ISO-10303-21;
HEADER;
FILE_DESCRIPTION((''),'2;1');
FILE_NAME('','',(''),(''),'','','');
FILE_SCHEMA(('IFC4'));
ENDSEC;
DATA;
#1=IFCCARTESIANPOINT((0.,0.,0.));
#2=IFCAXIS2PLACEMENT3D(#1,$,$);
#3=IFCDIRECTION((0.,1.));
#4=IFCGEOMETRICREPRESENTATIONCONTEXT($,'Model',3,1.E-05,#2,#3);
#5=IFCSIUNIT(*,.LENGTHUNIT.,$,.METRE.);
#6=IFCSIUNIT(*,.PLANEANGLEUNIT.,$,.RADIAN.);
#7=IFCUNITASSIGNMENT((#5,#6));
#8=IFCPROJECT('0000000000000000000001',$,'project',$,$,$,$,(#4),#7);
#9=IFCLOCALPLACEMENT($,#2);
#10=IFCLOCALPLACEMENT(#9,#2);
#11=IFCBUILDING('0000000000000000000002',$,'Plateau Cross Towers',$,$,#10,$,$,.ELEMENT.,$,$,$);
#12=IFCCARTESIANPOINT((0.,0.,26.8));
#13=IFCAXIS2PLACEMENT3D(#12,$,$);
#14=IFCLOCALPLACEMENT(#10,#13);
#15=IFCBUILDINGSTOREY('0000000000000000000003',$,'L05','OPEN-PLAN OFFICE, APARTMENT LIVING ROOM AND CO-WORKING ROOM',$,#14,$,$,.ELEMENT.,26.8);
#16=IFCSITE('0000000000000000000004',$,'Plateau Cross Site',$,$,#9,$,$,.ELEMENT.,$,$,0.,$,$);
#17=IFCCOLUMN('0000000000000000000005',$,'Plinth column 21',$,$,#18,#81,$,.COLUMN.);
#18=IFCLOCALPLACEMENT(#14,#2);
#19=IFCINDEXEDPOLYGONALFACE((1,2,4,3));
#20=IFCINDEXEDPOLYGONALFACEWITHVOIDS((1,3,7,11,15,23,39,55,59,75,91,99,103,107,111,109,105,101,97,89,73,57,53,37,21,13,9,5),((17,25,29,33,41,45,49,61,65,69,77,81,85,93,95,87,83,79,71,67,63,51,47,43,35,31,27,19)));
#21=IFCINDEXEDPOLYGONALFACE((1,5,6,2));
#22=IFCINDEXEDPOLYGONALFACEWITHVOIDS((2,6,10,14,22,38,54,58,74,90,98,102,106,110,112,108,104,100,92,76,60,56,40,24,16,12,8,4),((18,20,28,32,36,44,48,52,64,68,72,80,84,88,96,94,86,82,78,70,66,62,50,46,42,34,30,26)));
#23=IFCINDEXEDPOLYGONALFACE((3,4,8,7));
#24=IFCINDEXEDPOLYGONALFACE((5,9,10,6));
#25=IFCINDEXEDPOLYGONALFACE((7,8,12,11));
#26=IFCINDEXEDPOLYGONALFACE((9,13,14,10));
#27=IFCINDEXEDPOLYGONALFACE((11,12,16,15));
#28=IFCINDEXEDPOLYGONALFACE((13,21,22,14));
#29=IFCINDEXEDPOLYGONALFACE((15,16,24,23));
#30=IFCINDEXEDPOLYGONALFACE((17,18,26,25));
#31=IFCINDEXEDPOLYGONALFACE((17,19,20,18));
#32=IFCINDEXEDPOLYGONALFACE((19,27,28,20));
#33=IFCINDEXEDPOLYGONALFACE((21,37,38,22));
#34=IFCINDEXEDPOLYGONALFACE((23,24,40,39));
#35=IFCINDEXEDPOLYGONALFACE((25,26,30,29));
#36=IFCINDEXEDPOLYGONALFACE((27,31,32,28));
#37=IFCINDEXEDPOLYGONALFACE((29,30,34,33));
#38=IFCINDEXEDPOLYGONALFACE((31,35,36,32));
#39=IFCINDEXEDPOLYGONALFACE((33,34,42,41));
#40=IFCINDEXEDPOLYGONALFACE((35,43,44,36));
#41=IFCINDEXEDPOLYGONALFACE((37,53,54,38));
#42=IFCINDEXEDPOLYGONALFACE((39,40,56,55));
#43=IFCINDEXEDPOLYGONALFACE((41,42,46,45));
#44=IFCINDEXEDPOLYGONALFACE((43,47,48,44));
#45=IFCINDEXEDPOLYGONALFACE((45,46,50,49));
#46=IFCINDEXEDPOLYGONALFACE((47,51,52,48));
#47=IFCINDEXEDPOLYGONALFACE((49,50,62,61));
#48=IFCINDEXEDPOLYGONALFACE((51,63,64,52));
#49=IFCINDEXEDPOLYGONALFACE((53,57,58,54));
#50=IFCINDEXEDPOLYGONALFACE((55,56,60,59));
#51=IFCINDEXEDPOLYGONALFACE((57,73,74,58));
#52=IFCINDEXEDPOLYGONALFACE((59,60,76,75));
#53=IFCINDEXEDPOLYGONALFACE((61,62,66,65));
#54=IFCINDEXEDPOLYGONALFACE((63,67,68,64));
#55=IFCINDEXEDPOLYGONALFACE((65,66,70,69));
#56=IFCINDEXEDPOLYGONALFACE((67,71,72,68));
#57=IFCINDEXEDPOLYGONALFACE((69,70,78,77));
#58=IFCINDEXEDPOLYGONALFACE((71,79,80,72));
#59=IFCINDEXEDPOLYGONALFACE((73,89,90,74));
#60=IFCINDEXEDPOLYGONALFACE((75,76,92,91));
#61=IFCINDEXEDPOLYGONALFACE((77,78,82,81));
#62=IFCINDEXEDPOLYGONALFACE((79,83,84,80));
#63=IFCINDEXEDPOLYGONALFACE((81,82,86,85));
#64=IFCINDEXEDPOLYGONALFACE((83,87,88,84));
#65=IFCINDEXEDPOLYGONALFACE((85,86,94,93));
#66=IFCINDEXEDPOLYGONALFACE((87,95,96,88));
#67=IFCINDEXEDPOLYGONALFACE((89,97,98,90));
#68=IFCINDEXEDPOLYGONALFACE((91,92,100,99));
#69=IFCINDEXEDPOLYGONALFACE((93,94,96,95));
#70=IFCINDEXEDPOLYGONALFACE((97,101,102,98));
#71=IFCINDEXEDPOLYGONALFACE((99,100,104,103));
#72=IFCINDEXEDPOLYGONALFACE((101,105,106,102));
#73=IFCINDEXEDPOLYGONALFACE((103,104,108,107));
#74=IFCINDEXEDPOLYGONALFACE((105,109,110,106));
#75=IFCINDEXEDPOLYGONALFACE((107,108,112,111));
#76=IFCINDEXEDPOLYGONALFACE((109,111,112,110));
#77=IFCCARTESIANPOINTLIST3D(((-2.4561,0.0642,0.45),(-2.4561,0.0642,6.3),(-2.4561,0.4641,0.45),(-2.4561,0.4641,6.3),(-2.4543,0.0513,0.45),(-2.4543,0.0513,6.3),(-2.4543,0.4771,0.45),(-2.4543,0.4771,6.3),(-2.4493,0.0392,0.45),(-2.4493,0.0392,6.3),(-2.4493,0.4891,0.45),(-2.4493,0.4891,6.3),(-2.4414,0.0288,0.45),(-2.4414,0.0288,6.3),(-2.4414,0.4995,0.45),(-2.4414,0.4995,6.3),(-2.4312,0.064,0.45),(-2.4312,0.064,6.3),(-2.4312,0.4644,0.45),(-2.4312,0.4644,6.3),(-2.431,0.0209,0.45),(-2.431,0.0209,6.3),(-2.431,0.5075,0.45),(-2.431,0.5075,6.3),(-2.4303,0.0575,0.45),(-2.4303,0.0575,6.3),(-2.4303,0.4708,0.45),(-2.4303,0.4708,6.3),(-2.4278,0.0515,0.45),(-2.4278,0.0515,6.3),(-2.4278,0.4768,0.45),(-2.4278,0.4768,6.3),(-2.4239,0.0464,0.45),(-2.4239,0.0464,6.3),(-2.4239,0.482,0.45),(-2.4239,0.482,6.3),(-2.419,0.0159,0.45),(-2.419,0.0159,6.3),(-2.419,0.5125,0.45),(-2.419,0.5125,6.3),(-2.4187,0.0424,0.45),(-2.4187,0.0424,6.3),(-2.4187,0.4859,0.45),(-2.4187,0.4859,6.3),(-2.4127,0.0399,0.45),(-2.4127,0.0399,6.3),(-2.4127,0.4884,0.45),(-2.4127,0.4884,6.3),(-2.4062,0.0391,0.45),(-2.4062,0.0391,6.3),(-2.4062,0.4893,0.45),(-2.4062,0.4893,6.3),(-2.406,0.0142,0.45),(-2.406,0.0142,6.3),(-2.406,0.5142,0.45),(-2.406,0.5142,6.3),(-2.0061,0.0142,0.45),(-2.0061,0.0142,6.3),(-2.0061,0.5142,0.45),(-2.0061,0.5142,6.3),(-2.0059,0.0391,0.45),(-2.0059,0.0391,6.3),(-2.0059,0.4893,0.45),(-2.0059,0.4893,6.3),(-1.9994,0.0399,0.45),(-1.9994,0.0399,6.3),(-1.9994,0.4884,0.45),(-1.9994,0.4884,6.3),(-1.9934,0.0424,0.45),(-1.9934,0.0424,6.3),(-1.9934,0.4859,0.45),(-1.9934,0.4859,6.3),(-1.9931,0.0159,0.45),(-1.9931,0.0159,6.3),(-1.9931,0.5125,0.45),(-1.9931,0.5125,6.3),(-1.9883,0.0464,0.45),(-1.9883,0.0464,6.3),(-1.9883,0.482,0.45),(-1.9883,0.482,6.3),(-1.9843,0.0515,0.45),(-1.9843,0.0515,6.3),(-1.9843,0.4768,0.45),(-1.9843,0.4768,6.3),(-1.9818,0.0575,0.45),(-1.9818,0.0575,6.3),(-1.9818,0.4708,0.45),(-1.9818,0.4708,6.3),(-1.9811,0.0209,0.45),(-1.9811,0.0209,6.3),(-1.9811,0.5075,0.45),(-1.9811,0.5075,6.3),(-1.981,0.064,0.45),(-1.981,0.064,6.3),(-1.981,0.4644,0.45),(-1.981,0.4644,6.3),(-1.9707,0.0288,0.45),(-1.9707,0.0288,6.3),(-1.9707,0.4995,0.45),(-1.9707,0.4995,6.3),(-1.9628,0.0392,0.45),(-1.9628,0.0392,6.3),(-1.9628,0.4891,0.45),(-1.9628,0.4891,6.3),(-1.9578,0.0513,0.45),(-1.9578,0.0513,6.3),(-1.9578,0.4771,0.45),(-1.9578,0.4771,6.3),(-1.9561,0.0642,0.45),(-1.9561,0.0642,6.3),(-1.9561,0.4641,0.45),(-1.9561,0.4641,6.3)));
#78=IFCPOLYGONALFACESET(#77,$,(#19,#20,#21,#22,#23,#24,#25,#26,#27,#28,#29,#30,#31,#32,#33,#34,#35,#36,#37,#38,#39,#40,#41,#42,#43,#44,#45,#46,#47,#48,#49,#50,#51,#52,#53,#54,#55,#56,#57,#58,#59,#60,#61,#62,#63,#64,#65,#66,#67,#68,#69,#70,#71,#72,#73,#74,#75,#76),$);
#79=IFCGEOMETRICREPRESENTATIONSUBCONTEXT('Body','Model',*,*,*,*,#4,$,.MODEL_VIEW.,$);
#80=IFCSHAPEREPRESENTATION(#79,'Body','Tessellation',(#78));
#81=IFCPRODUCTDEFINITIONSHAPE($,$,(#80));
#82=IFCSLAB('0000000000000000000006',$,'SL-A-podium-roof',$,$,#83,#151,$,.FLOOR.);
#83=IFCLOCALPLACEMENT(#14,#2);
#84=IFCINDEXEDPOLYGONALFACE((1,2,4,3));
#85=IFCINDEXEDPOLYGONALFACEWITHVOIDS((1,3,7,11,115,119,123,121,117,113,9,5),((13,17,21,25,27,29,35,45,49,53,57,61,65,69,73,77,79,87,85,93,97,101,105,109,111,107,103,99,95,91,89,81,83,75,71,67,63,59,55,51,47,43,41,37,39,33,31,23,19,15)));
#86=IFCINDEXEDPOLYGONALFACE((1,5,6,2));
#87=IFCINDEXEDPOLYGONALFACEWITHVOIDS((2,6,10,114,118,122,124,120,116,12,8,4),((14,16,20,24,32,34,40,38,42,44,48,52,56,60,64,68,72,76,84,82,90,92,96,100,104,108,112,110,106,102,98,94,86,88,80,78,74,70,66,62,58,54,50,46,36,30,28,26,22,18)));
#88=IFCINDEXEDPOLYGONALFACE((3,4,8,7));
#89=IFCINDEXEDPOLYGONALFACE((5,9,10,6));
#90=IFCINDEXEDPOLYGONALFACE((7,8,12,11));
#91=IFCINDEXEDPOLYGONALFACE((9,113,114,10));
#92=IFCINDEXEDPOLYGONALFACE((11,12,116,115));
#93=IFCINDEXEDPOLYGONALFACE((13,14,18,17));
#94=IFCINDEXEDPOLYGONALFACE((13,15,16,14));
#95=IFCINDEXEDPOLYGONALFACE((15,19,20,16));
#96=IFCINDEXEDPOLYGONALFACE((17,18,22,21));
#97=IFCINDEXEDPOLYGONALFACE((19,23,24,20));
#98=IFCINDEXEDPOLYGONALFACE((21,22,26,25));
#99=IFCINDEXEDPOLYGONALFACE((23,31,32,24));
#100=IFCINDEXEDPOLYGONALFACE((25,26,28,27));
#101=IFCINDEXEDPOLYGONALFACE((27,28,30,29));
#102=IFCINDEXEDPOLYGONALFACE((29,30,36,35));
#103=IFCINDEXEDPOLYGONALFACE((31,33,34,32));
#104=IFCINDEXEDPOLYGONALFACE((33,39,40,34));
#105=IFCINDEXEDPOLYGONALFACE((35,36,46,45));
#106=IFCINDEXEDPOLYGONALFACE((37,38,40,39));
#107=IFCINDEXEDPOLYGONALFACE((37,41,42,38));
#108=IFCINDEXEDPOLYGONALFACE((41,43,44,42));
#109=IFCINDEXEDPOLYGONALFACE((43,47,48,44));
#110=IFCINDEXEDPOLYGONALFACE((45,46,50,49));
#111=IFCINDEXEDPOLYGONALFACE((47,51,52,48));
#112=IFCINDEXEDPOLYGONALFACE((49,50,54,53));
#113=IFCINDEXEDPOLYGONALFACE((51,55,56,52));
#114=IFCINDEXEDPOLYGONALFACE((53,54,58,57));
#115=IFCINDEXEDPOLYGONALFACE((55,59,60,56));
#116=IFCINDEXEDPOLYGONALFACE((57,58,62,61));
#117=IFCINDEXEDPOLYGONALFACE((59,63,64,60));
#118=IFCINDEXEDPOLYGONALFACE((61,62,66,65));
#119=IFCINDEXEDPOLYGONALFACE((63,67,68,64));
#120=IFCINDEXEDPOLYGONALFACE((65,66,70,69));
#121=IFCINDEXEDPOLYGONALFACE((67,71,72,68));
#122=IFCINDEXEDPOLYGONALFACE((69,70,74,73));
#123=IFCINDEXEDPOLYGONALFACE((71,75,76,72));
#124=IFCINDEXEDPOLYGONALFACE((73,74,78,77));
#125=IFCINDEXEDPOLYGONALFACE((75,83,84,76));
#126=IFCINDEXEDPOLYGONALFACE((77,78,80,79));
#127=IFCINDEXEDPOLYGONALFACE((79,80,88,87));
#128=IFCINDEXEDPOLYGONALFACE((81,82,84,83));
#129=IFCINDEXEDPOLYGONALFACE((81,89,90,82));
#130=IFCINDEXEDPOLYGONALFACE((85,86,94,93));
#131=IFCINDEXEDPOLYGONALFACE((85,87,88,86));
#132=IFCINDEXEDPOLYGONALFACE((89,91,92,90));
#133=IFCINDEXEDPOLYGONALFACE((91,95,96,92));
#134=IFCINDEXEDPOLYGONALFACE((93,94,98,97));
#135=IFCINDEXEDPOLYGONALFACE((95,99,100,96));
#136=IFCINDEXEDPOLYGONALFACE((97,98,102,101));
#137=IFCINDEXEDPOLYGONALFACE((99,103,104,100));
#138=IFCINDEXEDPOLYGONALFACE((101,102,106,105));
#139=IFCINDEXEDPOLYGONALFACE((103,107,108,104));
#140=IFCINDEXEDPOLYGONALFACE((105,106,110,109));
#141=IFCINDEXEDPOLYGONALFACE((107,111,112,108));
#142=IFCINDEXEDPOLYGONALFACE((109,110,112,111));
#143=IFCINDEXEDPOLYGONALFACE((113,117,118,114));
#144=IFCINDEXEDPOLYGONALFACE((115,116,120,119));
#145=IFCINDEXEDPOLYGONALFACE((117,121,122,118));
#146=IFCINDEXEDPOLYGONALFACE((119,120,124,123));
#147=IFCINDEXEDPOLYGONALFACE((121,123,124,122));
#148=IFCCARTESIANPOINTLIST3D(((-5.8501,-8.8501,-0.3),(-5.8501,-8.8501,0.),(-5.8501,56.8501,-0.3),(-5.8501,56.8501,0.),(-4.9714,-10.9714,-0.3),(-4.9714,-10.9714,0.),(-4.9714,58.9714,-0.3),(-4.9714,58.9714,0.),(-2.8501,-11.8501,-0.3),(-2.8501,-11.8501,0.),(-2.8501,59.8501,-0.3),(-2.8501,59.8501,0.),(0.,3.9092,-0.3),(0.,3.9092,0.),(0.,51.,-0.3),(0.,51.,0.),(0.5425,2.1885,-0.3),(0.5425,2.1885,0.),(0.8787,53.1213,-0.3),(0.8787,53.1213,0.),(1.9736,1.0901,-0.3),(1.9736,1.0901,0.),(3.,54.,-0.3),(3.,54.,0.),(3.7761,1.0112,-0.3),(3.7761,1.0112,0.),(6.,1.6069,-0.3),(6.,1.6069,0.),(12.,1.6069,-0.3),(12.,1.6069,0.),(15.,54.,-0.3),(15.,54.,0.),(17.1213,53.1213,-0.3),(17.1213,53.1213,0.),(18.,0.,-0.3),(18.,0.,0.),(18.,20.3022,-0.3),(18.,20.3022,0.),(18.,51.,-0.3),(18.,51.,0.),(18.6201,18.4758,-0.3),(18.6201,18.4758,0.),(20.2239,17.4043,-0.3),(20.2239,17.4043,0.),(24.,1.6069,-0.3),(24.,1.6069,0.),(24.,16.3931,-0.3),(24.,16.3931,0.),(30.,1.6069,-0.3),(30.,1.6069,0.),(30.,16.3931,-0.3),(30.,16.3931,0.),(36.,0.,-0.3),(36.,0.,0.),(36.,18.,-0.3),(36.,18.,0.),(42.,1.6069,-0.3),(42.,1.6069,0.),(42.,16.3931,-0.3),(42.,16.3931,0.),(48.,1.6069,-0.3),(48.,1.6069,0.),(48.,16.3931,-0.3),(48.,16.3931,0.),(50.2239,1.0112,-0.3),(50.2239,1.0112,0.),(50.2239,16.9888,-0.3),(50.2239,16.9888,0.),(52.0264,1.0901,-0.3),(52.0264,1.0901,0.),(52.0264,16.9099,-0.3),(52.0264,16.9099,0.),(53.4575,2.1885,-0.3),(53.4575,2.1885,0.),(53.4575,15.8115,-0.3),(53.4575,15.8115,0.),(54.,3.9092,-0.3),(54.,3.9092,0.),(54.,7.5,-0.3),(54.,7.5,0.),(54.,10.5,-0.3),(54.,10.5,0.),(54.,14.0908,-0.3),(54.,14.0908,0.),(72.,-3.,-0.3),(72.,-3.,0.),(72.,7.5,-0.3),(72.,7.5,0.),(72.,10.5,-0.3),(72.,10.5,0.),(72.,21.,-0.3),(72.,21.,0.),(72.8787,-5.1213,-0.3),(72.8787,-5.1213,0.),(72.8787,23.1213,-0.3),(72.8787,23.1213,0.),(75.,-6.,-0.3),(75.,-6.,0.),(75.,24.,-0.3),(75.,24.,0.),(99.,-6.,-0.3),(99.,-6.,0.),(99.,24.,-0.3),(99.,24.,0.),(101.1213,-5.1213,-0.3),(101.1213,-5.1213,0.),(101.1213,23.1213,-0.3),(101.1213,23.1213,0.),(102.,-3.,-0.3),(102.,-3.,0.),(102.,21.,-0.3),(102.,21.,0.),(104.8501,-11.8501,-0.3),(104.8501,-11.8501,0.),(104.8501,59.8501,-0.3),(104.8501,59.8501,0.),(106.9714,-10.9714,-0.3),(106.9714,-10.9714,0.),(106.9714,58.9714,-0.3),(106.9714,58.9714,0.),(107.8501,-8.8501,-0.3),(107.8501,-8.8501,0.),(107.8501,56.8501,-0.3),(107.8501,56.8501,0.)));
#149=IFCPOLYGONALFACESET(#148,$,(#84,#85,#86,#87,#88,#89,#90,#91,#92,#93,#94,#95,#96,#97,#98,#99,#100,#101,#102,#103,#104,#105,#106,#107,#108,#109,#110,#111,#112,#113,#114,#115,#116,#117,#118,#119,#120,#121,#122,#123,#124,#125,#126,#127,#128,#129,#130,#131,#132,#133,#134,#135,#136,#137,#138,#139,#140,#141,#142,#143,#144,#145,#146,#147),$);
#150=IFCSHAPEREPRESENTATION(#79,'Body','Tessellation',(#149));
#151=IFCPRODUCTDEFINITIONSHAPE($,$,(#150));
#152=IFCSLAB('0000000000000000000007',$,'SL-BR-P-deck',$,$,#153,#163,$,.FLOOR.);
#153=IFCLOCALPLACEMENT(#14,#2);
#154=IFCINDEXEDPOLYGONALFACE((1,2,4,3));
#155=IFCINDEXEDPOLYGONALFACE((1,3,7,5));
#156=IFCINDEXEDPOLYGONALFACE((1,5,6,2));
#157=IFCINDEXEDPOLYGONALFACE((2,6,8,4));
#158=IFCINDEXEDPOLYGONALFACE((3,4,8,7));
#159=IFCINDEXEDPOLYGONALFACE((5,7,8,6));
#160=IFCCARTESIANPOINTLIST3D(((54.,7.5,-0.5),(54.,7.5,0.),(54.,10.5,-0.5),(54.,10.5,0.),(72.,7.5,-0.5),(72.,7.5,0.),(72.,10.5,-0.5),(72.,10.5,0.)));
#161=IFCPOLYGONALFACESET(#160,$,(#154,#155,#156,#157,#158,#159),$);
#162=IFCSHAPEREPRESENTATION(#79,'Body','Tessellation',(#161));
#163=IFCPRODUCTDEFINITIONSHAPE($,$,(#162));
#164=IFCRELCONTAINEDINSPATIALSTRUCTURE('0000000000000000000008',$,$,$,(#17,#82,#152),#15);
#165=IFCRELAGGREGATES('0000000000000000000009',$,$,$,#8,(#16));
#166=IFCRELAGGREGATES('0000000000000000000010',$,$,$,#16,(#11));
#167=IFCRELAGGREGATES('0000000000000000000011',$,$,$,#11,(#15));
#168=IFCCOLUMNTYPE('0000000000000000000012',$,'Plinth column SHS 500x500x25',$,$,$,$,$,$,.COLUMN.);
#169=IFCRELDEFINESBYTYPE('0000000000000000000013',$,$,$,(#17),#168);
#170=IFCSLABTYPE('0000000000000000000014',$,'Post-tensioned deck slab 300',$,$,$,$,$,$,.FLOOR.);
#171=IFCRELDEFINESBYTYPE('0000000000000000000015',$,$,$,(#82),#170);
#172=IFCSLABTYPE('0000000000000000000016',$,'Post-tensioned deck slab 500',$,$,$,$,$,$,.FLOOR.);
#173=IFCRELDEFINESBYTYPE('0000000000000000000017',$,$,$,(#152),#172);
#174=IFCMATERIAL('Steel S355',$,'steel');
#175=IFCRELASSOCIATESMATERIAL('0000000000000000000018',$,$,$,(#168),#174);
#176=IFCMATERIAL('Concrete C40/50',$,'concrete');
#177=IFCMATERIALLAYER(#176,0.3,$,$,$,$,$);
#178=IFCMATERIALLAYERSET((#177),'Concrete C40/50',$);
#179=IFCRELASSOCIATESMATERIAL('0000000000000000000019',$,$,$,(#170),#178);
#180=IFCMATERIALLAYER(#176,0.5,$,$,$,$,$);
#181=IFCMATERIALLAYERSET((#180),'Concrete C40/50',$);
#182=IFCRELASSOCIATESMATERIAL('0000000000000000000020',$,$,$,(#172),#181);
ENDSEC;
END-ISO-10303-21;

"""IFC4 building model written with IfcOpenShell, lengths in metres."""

from ifc_helpers import new_model, si_unit, direction, frame, origin, origin_2d, place, context, subcontext, project, spatial, polyline, hollow_rectangle, outline, extrude, material, layer, layer_set, material_profile, profile_set, type_object, element, save


model = new_model("IFC4")

# Units and contexts
model_context = context("Model", 3, precision=1e-05, world=origin(), true_north=direction((0.0, 1.0)))
body_context = subcontext(model_context, "Body", "Model", "MODEL_VIEW")
ifc_project = project(units=[si_unit("LENGTHUNIT", "METRE"), si_unit("PLANEANGLEUNIT", "RADIAN")], contexts=[model_context])

# Site, building, storey
site_placement = place(None, origin())
site = spatial("IfcSite", under=ifc_project, at=site_placement, Name="Plateau Cross Site", CompositionType="ELEMENT", RefElevation=0.0)
building_placement = place(site_placement, origin())
building = spatial("IfcBuilding", under=site, at=building_placement, Name="Plateau Cross Towers", CompositionType="ELEMENT")
storey_placement = place(building_placement, frame((0.0, 0.0, 26.8)))
storey = spatial("IfcBuildingStorey", under=building, at=storey_placement, Name="L05", Description="OPEN-PLAN OFFICE, APARTMENT LIVING ROOM AND CO-WORKING ROOM", CompositionType="ELEMENT", Elevation=26.8)

# Column
ifc_material_1 = material(Name="Steel S355", Category="steel")
ifc_material_profile = material_profile(ifc_material_1, hollow_rectangle(XDim=0.5, YDim=0.5, WallThickness=0.0249, InnerFilletRadius=0.0249, OuterFilletRadius=0.05, at=origin_2d()), Name="SHS 500x500x25")
ifc_profile_set = profile_set([ifc_material_profile], Name="Steel S355")
column_type = type_object("IfcColumnType", Name="Plinth column SHS 500x500x25", PredefinedType="COLUMN", material=ifc_profile_set)
column_placement = place(storey_placement, frame((-2.2061, 0.2642, 0.45), z_axis=(0.0, 0.0, 1.0), x_axis=(1.0, 0.0, 0.0)))
element("IfcColumn", 1, at=column_placement, inside=storey, type_object=column_type, Name="Plinth column 21", PredefinedType="COLUMN", context=body_context, shape_type="SweptSolid", body=[
    extrude(hollow_rectangle(XDim=0.5, YDim=0.5, WallThickness=0.0249, InnerFilletRadius=0.0249, OuterFilletRadius=0.05, at=origin_2d()), origin(), (0.0, 0.0, 1.0), 5.8501),
])

# Slabs
ifc_material_2 = material(Name="Concrete C40/50", Category="concrete")
ifc_layer_1 = layer(ifc_material_2, 0.3)
ifc_layer_set_1 = layer_set([ifc_layer_1], Name="Concrete C40/50")
slab_type_1 = type_object("IfcSlabType", Name="Post-tensioned deck slab 300", PredefinedType="FLOOR", material=ifc_layer_set_1)
slab_1_placement = place(storey_placement, frame((0.0, 0.0, -0.3)))
element("IfcSlab", 2, at=slab_1_placement, inside=storey, type_object=slab_type_1, Name="SL-A-podium-roof", PredefinedType="FLOOR", context=body_context, shape_type="SweptSolid", body=[
    extrude(outline(polyline([(-2.8501, 59.8501), (104.8501, 59.8501), (106.9714, 58.9714), (107.8501, 56.8501), (107.8501, -8.8501), (106.9714, -10.9714), (104.8501, -11.8501), (-2.8501, -11.8501), (-4.9714, -10.9714), (-5.8501, -8.8501), (-5.8501, 56.8501), (-4.9714, 58.9714), (-2.8501, 59.8501)]), holes=[polyline([(30.0, 1.6069), (36.0, 0.0), (42.0, 1.6069), (48.0, 1.6069), (50.2239, 1.0112), (52.0264, 1.0901), (53.4575, 2.1885), (54.0, 3.9092), (54.0, 7.5), (72.0, 7.5), (72.0, -3.0), (72.8787, -5.1213), (75.0, -6.0), (99.0, -6.0), (101.1213, -5.1213), (102.0, -3.0), (102.0, 21.0), (101.1213, 23.1213), (99.0, 24.0), (75.0, 24.0), (72.8787, 23.1213), (72.0, 21.0), (72.0, 10.5), (54.0, 10.5), (54.0, 14.0908), (53.4575, 15.8115), (52.0264, 16.9099), (50.2239, 16.9888), (48.0, 16.3931), (42.0, 16.3931), (36.0, 18.0), (30.0, 16.3931), (24.0, 16.3931), (20.2239, 17.4043), (18.6201, 18.4758), (18.0, 20.3022), (18.0, 51.0), (17.1213, 53.1213), (15.0, 54.0), (3.0, 54.0), (0.8787, 53.1213), (0.0, 51.0), (0.0, 3.9092), (0.5425, 2.1885), (1.9736, 1.0901), (3.7761, 1.0112), (6.0, 1.6069), (12.0, 1.6069), (18.0, 0.0), (24.0, 1.6069), (30.0, 1.6069)])]), origin(), (0.0, 0.0, 1.0), 0.3),
])
ifc_layer_2 = layer(ifc_material_2, 0.5)
ifc_layer_set_2 = layer_set([ifc_layer_2], Name="Concrete C40/50")
slab_type_2 = type_object("IfcSlabType", Name="Post-tensioned deck slab 500", PredefinedType="FLOOR", material=ifc_layer_set_2)
slab_2_placement = place(storey_placement, frame((0.0, 0.0, -0.5)))
element("IfcSlab", 3, at=slab_2_placement, inside=storey, type_object=slab_type_2, Name="SL-BR-P-deck", PredefinedType="FLOOR", context=body_context, shape_type="SweptSolid", body=[
    extrude(outline(polyline([(54.0, 7.5), (54.0, 10.5), (72.0, 10.5), (72.0, 7.5), (54.0, 7.5)])), origin(), (0.0, 0.0, 1.0), 0.5),
])

save(model, "model.ifc")
